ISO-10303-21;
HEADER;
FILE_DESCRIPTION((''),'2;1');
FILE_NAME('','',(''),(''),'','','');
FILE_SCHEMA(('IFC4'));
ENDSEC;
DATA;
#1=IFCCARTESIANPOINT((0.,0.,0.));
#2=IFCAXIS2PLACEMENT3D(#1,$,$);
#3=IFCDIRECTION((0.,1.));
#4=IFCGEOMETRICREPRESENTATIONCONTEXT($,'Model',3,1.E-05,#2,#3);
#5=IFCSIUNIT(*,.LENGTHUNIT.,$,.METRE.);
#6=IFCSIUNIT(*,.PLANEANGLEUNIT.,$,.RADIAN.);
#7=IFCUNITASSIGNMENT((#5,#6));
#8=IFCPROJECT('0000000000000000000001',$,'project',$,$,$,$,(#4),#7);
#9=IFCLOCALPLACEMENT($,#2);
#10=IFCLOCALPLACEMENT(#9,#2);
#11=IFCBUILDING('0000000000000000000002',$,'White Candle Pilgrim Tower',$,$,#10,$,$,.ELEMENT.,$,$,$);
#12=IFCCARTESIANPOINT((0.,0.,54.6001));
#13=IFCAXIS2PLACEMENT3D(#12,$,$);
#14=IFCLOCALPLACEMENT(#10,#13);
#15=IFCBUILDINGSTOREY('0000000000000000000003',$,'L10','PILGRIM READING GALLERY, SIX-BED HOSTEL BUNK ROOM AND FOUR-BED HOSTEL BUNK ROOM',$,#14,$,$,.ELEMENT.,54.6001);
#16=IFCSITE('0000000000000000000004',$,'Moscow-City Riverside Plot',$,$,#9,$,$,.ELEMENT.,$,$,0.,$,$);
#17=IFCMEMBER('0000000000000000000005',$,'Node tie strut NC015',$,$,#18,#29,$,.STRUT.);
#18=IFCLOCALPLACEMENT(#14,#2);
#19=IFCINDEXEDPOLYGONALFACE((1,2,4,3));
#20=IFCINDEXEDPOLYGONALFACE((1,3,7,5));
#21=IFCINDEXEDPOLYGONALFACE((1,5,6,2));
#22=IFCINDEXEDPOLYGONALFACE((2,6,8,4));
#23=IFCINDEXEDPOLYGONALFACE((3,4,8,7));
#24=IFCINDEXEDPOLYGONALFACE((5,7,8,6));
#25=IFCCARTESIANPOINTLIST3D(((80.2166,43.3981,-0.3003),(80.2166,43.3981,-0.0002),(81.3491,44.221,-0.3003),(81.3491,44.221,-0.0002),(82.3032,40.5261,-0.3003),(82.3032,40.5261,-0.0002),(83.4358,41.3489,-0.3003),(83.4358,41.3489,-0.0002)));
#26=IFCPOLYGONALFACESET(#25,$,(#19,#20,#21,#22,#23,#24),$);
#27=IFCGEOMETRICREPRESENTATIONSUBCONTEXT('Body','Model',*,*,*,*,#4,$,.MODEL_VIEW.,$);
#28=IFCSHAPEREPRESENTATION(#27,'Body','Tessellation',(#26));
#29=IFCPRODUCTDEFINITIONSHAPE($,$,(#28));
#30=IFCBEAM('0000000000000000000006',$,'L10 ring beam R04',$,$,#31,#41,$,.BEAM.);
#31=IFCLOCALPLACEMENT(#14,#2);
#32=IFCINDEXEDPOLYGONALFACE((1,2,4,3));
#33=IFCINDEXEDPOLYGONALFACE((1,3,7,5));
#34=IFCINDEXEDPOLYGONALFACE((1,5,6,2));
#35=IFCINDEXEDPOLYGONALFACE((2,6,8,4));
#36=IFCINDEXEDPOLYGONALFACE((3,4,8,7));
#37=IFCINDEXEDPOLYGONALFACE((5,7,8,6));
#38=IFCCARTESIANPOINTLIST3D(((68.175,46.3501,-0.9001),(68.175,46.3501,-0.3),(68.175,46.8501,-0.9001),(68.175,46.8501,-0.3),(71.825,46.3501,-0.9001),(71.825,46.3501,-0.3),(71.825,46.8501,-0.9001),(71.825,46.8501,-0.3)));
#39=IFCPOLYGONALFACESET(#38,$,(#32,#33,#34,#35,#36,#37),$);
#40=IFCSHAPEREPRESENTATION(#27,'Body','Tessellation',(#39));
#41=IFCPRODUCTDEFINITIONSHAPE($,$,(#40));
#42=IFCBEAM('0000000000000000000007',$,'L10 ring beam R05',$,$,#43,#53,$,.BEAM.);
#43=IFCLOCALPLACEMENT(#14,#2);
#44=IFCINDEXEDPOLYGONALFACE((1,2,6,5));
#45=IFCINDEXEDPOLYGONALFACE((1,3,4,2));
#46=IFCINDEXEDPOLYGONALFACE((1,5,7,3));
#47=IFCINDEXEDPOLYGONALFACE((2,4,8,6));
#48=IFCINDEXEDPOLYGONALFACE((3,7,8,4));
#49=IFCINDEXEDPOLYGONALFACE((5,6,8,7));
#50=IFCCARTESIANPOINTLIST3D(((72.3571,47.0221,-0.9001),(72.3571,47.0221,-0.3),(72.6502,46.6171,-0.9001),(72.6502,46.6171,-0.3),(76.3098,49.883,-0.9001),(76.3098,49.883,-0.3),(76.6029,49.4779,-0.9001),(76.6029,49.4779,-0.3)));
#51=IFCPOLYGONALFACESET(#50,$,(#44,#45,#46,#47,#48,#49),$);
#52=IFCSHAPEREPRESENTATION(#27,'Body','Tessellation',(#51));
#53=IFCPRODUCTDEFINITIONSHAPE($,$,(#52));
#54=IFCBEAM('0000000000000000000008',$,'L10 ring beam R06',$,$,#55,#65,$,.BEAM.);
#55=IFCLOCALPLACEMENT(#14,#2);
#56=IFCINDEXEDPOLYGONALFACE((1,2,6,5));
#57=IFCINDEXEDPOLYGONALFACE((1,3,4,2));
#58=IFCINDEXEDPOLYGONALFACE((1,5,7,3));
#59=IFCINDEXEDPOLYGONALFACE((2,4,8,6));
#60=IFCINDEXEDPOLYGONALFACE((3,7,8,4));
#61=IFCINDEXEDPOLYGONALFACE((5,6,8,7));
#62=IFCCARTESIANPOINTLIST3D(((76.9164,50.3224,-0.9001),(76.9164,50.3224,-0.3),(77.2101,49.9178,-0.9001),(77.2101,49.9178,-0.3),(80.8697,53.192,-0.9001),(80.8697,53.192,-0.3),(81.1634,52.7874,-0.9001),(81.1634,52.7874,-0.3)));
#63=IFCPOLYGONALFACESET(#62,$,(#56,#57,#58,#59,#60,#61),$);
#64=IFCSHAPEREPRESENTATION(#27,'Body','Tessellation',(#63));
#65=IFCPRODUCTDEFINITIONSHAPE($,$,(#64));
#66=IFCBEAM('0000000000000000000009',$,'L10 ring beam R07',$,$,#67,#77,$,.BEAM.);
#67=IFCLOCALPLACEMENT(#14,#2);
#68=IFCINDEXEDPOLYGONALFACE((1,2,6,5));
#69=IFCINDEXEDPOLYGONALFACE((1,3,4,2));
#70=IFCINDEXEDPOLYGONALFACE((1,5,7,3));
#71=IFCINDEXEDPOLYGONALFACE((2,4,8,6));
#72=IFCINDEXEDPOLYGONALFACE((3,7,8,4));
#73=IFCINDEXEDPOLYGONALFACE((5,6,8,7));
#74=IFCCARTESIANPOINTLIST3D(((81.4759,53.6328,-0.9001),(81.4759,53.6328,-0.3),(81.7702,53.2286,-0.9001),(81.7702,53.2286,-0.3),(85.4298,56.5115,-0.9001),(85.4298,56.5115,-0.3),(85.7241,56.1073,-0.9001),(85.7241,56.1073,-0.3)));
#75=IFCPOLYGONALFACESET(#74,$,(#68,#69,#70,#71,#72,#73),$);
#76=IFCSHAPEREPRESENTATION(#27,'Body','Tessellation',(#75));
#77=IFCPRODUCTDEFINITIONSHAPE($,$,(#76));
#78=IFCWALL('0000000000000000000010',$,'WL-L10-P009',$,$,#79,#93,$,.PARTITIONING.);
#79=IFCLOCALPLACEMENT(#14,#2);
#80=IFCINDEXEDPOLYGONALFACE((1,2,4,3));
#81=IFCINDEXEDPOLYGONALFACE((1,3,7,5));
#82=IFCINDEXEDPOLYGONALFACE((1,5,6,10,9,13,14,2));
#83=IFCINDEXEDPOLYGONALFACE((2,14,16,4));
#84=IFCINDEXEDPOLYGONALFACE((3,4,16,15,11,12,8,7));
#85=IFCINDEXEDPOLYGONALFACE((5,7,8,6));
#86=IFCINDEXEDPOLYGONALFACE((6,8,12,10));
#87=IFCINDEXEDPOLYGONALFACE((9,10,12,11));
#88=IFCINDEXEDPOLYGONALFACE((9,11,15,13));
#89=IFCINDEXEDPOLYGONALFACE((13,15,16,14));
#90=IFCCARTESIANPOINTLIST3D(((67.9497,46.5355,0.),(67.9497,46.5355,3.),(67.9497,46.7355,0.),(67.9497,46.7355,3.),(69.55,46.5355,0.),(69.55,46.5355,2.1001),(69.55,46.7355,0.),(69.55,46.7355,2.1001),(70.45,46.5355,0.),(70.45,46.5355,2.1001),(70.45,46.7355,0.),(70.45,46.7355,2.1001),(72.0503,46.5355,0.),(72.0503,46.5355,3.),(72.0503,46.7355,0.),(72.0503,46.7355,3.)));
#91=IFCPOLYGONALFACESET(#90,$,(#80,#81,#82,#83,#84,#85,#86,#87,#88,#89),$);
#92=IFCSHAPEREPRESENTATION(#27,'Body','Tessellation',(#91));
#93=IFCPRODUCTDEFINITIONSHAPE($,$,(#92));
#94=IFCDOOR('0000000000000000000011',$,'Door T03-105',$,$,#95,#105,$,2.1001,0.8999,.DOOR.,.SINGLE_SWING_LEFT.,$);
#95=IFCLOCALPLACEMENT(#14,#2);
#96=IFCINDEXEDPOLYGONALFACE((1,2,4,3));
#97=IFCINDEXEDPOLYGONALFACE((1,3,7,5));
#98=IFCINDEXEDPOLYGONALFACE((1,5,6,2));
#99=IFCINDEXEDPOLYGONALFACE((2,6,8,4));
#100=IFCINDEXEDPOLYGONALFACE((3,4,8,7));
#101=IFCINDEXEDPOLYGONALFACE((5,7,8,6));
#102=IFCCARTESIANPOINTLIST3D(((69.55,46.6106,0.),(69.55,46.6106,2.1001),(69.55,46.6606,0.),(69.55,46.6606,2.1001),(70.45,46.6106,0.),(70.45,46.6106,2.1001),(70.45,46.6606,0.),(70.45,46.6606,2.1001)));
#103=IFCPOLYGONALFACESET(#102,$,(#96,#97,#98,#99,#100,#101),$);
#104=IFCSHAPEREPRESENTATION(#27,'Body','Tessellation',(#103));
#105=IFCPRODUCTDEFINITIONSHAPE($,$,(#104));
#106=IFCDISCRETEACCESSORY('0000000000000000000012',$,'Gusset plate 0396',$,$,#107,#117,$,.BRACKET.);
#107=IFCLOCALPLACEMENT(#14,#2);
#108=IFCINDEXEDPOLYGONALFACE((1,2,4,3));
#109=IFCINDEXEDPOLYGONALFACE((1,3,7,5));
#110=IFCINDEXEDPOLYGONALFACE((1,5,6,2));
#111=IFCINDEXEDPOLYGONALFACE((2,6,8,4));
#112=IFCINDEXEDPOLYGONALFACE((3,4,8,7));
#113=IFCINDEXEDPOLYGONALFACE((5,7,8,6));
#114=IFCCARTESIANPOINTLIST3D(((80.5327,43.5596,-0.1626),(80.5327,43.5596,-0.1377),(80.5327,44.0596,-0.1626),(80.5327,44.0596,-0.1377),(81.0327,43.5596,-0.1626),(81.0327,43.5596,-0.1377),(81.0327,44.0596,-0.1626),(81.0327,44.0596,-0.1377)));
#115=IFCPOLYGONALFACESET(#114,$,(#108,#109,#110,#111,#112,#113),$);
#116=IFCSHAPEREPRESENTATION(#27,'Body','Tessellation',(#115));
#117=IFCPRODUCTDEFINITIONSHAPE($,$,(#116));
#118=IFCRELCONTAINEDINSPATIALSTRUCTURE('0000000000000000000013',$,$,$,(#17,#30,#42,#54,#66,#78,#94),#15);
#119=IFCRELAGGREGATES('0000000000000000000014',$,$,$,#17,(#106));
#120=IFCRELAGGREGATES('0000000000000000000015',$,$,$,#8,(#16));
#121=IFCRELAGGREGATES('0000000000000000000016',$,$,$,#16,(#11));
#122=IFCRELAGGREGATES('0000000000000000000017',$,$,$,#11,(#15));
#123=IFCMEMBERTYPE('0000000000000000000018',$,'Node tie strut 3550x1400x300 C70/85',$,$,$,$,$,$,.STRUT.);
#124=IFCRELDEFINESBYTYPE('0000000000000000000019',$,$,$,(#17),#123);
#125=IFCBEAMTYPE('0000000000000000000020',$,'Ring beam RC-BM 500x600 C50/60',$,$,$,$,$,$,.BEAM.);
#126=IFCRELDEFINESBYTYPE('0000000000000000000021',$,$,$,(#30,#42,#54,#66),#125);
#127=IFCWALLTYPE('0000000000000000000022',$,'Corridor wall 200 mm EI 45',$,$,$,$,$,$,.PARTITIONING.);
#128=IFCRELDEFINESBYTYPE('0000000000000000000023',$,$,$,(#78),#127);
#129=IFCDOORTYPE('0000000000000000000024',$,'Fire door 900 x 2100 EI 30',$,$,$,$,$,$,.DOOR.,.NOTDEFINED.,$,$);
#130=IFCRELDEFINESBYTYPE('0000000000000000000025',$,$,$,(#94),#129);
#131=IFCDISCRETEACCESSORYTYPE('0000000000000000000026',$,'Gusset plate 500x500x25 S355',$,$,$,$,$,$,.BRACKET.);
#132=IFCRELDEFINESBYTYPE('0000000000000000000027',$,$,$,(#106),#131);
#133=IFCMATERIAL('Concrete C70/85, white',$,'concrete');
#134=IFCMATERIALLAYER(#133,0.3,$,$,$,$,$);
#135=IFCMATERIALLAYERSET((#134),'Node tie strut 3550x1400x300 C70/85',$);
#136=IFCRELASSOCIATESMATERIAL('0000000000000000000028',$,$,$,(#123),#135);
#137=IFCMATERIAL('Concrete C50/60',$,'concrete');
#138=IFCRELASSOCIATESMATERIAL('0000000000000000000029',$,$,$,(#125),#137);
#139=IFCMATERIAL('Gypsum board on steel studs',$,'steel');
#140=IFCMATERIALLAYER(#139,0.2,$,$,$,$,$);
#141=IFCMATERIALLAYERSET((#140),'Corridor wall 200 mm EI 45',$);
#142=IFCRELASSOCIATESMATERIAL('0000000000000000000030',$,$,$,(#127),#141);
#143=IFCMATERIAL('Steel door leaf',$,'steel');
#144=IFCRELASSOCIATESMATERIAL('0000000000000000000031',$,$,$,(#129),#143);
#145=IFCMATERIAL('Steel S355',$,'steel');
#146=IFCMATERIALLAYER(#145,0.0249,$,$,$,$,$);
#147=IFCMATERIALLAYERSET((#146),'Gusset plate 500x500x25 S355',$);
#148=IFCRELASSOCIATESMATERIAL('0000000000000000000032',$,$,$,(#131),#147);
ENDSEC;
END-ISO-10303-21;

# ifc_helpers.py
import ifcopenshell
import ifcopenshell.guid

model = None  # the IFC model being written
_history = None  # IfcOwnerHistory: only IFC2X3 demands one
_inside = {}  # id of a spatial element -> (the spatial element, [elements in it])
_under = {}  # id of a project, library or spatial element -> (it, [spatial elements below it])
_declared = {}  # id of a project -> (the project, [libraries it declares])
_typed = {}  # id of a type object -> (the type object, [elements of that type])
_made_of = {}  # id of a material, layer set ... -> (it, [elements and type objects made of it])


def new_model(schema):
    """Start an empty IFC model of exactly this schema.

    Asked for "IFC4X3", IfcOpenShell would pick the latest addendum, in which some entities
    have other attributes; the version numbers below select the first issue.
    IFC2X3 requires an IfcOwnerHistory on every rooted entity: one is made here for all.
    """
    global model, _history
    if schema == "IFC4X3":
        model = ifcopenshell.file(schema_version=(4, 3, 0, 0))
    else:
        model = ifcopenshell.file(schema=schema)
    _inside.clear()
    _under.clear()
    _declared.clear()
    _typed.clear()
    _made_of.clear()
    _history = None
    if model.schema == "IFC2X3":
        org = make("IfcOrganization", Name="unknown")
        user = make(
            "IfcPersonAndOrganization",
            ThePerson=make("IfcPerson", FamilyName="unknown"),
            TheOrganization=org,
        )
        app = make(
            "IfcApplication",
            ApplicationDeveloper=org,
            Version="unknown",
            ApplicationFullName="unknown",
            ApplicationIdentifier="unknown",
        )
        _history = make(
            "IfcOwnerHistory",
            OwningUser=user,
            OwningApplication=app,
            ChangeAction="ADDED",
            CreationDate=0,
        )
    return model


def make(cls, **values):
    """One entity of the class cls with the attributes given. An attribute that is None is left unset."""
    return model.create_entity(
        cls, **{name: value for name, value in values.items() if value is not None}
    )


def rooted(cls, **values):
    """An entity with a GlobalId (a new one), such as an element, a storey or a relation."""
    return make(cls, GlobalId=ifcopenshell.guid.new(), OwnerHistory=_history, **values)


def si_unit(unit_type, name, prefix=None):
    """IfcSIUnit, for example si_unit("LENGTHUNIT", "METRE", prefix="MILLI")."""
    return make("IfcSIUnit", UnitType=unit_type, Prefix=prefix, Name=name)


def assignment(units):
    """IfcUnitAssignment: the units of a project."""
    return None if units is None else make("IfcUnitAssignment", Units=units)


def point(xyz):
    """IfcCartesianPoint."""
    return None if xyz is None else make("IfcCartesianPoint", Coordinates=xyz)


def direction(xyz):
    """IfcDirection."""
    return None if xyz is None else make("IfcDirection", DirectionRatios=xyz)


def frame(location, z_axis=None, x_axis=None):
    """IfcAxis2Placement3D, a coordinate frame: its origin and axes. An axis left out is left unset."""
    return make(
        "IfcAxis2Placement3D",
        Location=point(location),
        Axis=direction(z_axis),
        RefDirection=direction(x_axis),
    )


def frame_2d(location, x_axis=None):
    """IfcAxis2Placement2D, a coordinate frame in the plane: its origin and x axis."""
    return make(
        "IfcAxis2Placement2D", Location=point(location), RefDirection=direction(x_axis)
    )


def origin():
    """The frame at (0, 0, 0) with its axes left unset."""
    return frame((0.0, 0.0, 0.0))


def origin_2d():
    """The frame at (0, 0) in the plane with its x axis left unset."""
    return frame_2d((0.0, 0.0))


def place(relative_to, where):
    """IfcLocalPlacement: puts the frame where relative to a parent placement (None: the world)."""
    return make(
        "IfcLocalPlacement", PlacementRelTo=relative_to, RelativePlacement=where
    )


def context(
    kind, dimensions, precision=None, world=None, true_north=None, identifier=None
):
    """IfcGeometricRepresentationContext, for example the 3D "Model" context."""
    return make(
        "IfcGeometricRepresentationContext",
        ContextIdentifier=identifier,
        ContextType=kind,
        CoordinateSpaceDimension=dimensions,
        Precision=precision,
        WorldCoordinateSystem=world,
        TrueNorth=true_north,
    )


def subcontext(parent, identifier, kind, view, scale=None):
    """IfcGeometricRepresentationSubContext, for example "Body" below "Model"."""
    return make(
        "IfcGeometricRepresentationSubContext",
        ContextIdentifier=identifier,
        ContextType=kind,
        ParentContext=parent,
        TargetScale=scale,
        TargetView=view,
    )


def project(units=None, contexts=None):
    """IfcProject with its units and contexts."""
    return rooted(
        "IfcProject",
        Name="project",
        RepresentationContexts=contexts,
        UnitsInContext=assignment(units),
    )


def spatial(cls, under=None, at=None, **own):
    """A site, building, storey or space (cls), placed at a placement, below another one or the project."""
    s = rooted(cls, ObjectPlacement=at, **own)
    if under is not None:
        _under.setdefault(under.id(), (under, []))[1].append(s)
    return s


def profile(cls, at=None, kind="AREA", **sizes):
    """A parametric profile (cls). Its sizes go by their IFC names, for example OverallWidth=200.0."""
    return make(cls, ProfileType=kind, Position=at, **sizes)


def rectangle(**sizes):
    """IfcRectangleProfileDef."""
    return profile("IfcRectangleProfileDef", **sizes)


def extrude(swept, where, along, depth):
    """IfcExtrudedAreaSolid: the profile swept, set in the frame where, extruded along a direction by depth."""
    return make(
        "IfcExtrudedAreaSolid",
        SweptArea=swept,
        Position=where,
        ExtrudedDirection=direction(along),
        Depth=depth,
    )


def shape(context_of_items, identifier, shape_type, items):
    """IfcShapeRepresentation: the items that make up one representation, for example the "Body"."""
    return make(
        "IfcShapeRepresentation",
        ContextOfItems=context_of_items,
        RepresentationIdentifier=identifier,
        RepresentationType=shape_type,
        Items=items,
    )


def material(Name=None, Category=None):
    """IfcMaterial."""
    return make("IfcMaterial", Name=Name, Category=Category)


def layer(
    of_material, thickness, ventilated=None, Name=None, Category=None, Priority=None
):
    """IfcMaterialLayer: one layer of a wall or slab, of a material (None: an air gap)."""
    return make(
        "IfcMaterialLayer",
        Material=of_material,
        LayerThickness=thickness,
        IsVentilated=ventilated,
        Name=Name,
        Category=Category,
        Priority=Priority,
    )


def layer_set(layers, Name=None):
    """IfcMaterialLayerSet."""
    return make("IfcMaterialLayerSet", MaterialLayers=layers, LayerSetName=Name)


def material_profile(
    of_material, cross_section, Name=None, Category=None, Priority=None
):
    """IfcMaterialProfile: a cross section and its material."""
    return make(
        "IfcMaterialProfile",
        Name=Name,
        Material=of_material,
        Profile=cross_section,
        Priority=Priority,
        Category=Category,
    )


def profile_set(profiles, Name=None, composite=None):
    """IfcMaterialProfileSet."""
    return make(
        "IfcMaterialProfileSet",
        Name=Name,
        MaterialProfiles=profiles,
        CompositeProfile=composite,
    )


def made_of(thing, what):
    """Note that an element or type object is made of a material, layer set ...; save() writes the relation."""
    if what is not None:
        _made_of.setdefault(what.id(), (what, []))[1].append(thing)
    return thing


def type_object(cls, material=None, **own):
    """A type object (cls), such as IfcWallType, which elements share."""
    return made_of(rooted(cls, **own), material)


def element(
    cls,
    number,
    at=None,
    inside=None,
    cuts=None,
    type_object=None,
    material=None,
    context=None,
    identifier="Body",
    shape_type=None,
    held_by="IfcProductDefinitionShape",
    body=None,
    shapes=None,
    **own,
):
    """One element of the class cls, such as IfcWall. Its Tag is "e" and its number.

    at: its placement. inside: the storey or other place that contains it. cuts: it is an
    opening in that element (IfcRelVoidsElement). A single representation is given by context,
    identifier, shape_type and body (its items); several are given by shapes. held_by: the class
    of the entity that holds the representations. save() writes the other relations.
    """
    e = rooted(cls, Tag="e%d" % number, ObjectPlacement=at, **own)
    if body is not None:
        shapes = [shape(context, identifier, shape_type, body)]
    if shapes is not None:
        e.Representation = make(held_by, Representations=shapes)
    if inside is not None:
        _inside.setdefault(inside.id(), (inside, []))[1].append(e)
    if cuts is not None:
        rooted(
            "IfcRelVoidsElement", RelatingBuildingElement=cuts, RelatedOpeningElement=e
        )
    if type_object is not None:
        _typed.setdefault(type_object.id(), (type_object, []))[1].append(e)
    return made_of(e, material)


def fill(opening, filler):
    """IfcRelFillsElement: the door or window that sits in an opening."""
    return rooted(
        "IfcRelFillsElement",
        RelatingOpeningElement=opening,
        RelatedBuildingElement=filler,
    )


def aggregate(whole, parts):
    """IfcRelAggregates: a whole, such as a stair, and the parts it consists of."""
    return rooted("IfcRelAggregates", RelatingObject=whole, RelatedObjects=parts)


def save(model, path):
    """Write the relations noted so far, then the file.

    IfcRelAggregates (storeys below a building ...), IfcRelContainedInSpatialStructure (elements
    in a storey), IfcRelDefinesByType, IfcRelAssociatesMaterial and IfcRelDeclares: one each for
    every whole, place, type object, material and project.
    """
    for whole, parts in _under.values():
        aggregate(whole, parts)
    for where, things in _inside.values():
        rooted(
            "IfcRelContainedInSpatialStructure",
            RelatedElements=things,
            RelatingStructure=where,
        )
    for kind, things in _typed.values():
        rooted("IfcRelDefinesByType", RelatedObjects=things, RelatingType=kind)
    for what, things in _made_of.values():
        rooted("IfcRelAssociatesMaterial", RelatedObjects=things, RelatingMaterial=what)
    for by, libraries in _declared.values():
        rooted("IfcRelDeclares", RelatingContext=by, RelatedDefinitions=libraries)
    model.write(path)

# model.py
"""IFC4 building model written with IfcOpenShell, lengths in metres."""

from ifc_helpers import new_model, si_unit, direction, frame, frame_2d, origin, origin_2d, place, context, subcontext, project, spatial, rectangle, extrude, material, layer, layer_set, material_profile, profile_set, type_object, element, fill, aggregate, save


model = new_model("IFC4")

# Units and contexts
model_context = context("Model", 3, precision=1e-05, world=origin(), true_north=direction((0.0, 1.0)))
body_context = subcontext(model_context, "Body", "Model", "MODEL_VIEW")
ifc_project = project(units=[si_unit("LENGTHUNIT", "METRE"), si_unit("PLANEANGLEUNIT", "RADIAN")], contexts=[model_context])

# Site, building, storey
site_placement = place(None, origin())
site = spatial("IfcSite", under=ifc_project, at=site_placement, Name="Moscow-City Riverside Plot", CompositionType="ELEMENT", RefElevation=0.0)
building_placement = place(site_placement, origin())
building = spatial("IfcBuilding", under=site, at=building_placement, Name="White Candle Pilgrim Tower", CompositionType="ELEMENT")
storey_placement = place(building_placement, frame((0.0, 0.0, 54.6001)))
storey = spatial("IfcBuildingStorey", under=building, at=storey_placement, Name="L10", Description="PILGRIM READING GALLERY, SIX-BED HOSTEL BUNK ROOM AND FOUR-BED HOSTEL BUNK ROOM", CompositionType="ELEMENT", Elevation=54.6001)

# Member
ifc_material_1 = material(Name="Concrete C70/85, white", Category="concrete")
ifc_layer_1 = layer(ifc_material_1, 0.3)
ifc_layer_set_1 = layer_set([ifc_layer_1], Name="Node tie strut 3550x1400x300 C70/85")
member_type = type_object("IfcMemberType", Name="Node tie strut 3550x1400x300 C70/85", PredefinedType="STRUT", material=ifc_layer_set_1)
member_placement = place(storey_placement, frame((81.8262, 42.3735, -0.3003), z_axis=(0.0, 0.0, 1.0), x_axis=(0.809017, 0.587785, 0.0)))
member = element("IfcMember", 1, at=member_placement, inside=storey, type_object=member_type, Name="Node tie strut NC015", PredefinedType="STRUT", context=body_context, shape_type="SweptSolid", body=[
    extrude(rectangle(XDim=1.3999, YDim=3.55, at=origin_2d()), origin(), (0.0, 0.0, 1.0), 0.3),
])

# Beams
ifc_material_2 = material(Name="Concrete C50/60", Category="concrete")
ifc_material_profile_1 = material_profile(ifc_material_2, rectangle(XDim=0.5, YDim=0.6001, at=origin_2d()), Name="RC-BM 500x600")
ifc_profile_set_1 = profile_set([ifc_material_profile_1], Name="Concrete C50/60")
beam_type = type_object("IfcBeamType", Name="Ring beam RC-BM 500x600 C50/60", PredefinedType="BEAM", material=ifc_profile_set_1)
beam_1_placement = place(storey_placement, frame((68.175, 46.6001, -0.6001), z_axis=(1.0, 0.0, 0.0), x_axis=(0.0, 1.0, 0.0)))
element("IfcBeam", 2, at=beam_1_placement, inside=storey, type_object=beam_type, Name="L10 ring beam R04", PredefinedType="BEAM", context=body_context, shape_type="SweptSolid", body=[
    extrude(rectangle(XDim=0.5, YDim=0.6001, at=origin_2d()), origin(), (0.0, 0.0, 1.0), 3.6499),
])
beam_2_placement = place(storey_placement, frame((72.5037, 46.8196, -0.6001), z_axis=(0.81008, 0.58632, 0.0), x_axis=(-0.58632, 0.81008, 0.0)))
element("IfcBeam", 3, at=beam_2_placement, inside=storey, type_object=beam_type, Name="L10 ring beam R05", PredefinedType="BEAM", context=body_context, shape_type="SweptSolid", body=[
    extrude(rectangle(XDim=0.5, YDim=0.6001, at=origin_2d()), origin(), (0.0, 0.0, 1.0), 4.8794),
])
beam_3_placement = place(storey_placement, frame((77.0632, 50.1201, -0.6001), z_axis=(0.809276, 0.587429, 0.0), x_axis=(-0.587429, 0.809276, 0.0)))
element("IfcBeam", 4, at=beam_3_placement, inside=storey, type_object=beam_type, Name="L10 ring beam R06", PredefinedType="BEAM", context=body_context, shape_type="SweptSolid", body=[
    extrude(rectangle(XDim=0.5, YDim=0.6001, at=origin_2d()), origin(), (0.0, 0.0, 1.0), 4.885),
])
beam_4_placement = place(storey_placement, frame((81.623, 53.4307, -0.6001), z_axis=(0.808432, 0.58859, 0.0), x_axis=(-0.58859, 0.808432, 0.0)))
element("IfcBeam", 5, at=beam_4_placement, inside=storey, type_object=beam_type, Name="L10 ring beam R07", PredefinedType="BEAM", context=body_context, shape_type="SweptSolid", body=[
    extrude(rectangle(XDim=0.5, YDim=0.6001, at=origin_2d()), origin(), (0.0, 0.0, 1.0), 4.8909),
])

# Wall, opening, door
ifc_material_3 = material(Name="Gypsum board on steel studs", Category="steel")
ifc_layer_2 = layer(ifc_material_3, 0.2)
ifc_layer_set_2 = layer_set([ifc_layer_2], Name="Corridor wall 200 mm EI 45")
wall_type_1 = type_object("IfcWallType", Name="Corridor wall 200 mm EI 45", PredefinedType="PARTITIONING", material=ifc_layer_set_2)
wall_1_placement = place(storey_placement, frame((72.0503, 46.6355, 0.0), z_axis=(0.0, 0.0, 1.0), x_axis=(-1.0, 0.0, 0.0)))
wall_1 = element("IfcWall", 6, at=wall_1_placement, inside=storey, type_object=wall_type_1, Name="WL-L10-P009", PredefinedType="PARTITIONING", context=body_context, shape_type="SweptSolid", body=[
    extrude(rectangle(XDim=4.1006, YDim=0.2, at=frame_2d((2.0503, 0.0))), origin(), (0.0, 0.0, 1.0), 3.0),
])
opening_1_placement = place(wall_1_placement, frame((1.6003, 0.0, 0.0)))
opening_1 = element("IfcOpeningElement", 7, at=opening_1_placement, cuts=wall_1, PredefinedType="OPENING", context=body_context, shape_type="SweptSolid", body=[
    extrude(rectangle(XDim=0.8999, YDim=2.1001, at=frame_2d((0.45, 1.05))), frame((0.0, 0.1099, 0.0), z_axis=(0.0, -1.0, 0.0), x_axis=(1.0, 0.0, 0.0)), (0.0, 0.0, 1.0), 0.22),
])
ifc_material_4 = material(Name="Steel door leaf", Category="steel")
door_type = type_object("IfcDoorType", Name="Fire door 900 x 2100 EI 30", OperationType="NOTDEFINED", PredefinedType="DOOR", material=ifc_material_4)
door_1_placement = place(opening_1_placement, origin())
door_1 = element("IfcDoor", 8, at=door_1_placement, inside=storey, type_object=door_type, Name="Door T03-105", OperationType="SINGLE_SWING_LEFT", OverallHeight=2.1001, OverallWidth=0.8999, PredefinedType="DOOR", context=body_context, shape_type="SweptSolid", body=[
    extrude(rectangle(XDim=0.8999, YDim=2.1001, at=frame_2d((0.45, 1.05))), frame((0.0, 0.0249, 0.0), z_axis=(0.0, -1.0, 0.0), x_axis=(1.0, 0.0, 0.0)), (0.0, 0.0, 1.0), 0.05),
])
fill(opening_1, door_1)

# Discrete accessory
ifc_material_5 = material(Name="Steel S355", Category="steel")
ifc_layer_3 = layer(ifc_material_5, 0.0249)
ifc_layer_set_3 = layer_set([ifc_layer_3], Name="Gusset plate 500x500x25 S355")
discrete_accessory_type = type_object("IfcDiscreteAccessoryType", Name="Gusset plate 500x500x25 S355", PredefinedType="BRACKET", material=ifc_layer_set_3)
discrete_accessory_placement = place(storey_placement, frame((80.7827, 43.8096, -0.1626), z_axis=(0.0, 0.0, 1.0), x_axis=(1.0, 0.0, 0.0)))
discrete_accessory = element("IfcDiscreteAccessory", 9, at=discrete_accessory_placement, type_object=discrete_accessory_type, Name="Gusset plate 0396", PredefinedType="BRACKET", context=body_context, shape_type="SweptSolid", body=[
    extrude(rectangle(XDim=0.5, YDim=0.5, at=origin_2d()), origin(), (0.0, 0.0, 1.0), 0.0249),
])
aggregate(member, [discrete_accessory])

save(model, "model.ifc")
